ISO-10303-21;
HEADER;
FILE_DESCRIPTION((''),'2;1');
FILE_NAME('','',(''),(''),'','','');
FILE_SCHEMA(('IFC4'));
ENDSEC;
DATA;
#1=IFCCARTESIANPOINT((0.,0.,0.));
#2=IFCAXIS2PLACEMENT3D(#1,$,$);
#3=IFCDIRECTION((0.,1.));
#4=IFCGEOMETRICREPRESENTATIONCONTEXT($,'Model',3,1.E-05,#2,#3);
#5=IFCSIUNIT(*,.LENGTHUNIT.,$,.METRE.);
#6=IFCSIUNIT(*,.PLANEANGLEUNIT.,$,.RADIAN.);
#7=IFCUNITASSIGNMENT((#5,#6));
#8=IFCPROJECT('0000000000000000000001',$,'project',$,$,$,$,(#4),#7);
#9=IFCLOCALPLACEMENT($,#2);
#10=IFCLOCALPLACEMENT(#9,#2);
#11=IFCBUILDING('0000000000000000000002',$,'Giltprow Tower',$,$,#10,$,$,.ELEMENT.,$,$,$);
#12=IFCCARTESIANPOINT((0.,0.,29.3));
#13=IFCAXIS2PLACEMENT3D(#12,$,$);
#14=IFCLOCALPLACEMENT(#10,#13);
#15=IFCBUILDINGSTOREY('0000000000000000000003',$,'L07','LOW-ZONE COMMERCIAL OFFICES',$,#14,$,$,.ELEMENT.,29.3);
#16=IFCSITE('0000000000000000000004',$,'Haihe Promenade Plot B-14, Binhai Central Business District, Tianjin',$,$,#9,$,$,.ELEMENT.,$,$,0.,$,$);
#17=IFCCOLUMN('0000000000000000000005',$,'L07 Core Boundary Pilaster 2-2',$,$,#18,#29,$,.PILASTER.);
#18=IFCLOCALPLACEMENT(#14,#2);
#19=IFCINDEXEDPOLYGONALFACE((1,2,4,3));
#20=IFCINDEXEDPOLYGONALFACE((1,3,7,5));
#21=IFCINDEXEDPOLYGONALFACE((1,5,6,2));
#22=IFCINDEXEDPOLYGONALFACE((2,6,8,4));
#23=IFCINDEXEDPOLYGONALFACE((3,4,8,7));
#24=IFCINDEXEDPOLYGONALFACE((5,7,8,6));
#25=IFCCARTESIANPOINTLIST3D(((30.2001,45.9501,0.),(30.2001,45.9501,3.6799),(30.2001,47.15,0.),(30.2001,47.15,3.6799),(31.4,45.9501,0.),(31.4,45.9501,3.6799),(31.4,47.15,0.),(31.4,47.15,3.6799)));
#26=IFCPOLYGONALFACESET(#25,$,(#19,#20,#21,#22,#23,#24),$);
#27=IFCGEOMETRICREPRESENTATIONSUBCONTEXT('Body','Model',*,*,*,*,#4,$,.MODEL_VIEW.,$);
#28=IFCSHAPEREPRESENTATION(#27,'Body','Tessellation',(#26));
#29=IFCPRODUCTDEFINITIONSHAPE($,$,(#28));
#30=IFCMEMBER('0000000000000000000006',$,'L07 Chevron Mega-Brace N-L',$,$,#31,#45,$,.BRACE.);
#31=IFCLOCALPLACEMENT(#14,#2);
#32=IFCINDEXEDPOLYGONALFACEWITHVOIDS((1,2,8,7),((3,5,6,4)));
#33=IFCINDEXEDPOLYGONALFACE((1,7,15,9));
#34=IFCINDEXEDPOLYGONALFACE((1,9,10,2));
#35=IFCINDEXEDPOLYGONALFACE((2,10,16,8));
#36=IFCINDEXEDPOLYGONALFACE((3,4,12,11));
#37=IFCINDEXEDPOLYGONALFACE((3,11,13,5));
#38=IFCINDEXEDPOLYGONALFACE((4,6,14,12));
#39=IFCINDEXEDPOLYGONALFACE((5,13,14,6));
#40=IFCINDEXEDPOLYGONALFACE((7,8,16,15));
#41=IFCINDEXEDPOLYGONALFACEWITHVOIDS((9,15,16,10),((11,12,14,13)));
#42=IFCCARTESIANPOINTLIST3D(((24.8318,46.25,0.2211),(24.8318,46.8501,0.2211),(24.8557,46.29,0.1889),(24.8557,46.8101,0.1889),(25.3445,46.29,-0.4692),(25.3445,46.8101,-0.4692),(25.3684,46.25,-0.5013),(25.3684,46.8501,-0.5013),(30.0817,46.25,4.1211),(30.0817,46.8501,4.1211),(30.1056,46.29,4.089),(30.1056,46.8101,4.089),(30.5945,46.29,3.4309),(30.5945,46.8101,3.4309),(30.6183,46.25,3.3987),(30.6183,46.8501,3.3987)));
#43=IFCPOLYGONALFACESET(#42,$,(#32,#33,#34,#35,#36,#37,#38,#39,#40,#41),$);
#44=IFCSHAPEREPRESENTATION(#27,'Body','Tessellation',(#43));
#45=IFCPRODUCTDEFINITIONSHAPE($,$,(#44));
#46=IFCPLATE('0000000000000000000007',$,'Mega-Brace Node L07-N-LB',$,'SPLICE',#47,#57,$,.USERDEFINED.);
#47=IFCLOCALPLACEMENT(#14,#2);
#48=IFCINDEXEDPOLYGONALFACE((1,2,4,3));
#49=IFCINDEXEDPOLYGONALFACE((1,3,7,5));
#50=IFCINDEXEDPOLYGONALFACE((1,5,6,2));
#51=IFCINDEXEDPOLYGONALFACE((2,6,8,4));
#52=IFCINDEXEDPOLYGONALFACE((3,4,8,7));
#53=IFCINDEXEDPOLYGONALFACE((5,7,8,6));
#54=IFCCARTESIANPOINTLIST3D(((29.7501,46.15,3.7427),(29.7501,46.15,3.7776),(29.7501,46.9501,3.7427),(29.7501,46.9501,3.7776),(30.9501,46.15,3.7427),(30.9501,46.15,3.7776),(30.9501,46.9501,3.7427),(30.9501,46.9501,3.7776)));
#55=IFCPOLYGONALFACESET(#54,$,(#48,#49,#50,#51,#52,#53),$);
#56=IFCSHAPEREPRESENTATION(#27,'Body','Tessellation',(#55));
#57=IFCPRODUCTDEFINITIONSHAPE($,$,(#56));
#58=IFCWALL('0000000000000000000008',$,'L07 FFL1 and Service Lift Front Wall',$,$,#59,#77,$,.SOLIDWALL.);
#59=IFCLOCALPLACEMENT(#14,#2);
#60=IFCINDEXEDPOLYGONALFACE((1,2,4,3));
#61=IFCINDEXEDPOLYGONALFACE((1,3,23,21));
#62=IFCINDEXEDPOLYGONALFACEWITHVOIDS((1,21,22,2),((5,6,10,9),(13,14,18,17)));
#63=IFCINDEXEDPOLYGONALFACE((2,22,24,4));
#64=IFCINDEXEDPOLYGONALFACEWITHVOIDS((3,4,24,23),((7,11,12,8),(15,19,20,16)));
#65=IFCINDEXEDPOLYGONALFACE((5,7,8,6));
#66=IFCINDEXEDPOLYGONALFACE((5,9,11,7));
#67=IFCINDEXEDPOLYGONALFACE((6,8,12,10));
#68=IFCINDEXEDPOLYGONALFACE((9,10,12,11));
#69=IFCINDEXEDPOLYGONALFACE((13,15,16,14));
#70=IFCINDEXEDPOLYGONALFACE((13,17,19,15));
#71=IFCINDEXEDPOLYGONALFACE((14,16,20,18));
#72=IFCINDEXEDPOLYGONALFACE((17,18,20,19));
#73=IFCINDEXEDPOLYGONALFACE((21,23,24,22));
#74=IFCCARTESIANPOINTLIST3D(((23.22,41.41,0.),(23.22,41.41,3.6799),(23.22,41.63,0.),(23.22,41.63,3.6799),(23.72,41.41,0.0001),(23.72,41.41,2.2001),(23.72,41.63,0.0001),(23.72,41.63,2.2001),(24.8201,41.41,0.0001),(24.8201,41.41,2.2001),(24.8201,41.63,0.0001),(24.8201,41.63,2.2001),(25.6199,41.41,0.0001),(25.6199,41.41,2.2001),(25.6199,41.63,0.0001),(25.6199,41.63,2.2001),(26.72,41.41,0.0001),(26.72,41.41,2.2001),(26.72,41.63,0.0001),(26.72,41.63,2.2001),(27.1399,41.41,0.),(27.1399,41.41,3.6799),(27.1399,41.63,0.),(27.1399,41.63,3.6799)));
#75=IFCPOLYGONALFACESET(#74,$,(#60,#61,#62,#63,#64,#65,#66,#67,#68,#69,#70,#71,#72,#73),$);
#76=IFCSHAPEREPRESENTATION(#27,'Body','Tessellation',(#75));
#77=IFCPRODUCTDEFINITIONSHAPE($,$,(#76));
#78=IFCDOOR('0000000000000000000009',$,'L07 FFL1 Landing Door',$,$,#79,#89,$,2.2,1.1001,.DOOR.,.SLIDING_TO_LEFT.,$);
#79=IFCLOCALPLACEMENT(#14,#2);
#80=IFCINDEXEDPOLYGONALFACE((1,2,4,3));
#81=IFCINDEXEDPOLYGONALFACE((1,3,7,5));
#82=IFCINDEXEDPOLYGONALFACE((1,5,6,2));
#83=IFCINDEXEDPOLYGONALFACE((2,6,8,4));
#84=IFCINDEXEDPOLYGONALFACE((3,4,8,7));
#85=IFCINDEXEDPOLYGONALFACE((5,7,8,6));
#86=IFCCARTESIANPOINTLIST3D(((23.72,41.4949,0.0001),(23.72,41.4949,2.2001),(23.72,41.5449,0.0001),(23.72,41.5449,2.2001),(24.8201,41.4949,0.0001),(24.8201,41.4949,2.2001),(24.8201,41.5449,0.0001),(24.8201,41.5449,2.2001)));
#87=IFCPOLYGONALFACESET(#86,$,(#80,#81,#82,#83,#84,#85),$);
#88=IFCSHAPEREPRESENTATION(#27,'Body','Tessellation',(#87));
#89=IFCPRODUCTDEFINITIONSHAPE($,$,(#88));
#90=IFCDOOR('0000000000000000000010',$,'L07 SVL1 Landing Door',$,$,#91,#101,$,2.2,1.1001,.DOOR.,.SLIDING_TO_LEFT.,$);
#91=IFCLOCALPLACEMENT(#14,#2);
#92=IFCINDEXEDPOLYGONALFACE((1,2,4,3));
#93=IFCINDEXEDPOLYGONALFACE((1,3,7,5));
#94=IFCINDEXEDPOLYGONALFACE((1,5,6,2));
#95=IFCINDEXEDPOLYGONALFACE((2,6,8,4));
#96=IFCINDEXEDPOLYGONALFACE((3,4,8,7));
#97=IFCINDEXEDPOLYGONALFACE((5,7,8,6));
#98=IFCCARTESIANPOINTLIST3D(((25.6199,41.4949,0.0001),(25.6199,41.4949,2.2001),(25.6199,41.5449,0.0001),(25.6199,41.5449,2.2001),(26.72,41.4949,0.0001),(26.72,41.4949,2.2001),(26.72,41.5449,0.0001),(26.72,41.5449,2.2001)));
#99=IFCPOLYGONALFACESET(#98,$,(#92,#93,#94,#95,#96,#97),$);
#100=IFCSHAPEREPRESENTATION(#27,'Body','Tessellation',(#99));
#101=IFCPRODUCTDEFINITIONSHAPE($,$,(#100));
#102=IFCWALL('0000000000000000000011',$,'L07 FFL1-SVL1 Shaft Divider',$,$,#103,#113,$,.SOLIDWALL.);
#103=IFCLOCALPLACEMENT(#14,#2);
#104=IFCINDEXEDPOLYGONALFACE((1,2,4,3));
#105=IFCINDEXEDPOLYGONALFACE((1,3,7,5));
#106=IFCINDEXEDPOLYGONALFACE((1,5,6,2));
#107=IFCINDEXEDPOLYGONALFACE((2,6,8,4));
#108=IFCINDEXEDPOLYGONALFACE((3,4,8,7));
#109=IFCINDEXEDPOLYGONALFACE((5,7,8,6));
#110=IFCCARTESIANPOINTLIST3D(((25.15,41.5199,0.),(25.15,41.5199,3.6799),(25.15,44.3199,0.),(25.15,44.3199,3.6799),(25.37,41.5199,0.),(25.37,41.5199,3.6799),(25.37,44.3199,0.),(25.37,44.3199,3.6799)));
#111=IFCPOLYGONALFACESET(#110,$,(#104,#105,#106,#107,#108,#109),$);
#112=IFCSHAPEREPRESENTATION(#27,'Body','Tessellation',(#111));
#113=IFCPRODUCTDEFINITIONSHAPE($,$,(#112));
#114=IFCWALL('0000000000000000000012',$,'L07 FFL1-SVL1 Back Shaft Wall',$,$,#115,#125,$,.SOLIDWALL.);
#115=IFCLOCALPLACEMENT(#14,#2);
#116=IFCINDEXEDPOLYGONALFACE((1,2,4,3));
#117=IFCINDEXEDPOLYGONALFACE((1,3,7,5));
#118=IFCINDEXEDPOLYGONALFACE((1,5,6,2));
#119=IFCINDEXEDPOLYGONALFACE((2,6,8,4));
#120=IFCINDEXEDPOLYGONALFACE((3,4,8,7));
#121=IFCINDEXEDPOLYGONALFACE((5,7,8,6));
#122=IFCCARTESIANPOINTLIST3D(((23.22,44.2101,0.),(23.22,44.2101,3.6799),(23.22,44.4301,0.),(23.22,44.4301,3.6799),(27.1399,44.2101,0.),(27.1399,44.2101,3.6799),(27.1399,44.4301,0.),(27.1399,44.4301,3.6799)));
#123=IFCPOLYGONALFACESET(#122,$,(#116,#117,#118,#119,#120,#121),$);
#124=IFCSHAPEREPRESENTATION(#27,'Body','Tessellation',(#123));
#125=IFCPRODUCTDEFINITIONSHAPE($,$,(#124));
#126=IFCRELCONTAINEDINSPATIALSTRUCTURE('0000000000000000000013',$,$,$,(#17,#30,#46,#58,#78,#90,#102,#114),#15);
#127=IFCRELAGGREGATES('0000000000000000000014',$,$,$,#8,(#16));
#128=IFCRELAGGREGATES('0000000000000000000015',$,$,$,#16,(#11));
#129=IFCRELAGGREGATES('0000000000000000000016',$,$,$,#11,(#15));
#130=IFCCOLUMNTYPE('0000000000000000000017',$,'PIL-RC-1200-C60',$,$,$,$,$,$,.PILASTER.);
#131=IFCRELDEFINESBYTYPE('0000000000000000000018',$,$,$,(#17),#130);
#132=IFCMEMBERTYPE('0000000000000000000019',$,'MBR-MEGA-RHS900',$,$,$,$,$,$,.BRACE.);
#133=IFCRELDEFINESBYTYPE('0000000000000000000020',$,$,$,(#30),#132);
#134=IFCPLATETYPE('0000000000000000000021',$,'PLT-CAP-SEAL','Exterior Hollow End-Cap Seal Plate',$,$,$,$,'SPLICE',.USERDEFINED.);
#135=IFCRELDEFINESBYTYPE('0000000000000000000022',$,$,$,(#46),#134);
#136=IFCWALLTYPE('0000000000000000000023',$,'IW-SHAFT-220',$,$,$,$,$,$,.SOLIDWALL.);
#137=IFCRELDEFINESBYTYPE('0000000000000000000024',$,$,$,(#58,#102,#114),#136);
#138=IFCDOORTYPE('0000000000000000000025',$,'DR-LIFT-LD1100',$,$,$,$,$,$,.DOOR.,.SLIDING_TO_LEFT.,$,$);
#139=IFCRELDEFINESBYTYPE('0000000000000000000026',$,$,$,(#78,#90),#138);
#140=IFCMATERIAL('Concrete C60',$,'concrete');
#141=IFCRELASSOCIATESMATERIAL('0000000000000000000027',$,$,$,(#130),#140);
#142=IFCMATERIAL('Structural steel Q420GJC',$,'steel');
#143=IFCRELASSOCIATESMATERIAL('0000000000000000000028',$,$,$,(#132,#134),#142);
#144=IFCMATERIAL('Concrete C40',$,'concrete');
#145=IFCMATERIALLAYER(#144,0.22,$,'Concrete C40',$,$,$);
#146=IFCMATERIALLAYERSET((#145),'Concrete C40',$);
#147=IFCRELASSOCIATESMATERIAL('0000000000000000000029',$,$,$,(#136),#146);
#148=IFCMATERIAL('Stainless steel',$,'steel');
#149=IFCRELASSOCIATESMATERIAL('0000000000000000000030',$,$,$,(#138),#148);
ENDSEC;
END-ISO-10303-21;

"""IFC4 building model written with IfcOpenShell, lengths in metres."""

from ifc_helpers import new_model, si_unit, direction, frame, frame_2d, origin, origin_2d, place, context, subcontext, project, spatial, rectangle, hollow_rectangle, extrude, source, transform, mapped, material, layer, layer_set, material_profile, profile_set, type_object, element, fill, save


model = new_model("IFC4")

# Units and contexts
model_context = context("Model", 3, precision=1e-05, world=origin(), true_north=direction((0.0, 1.0)))
body_context = subcontext(model_context, "Body", "Model", "MODEL_VIEW")
ifc_project = project(units=[si_unit("LENGTHUNIT", "METRE"), si_unit("PLANEANGLEUNIT", "RADIAN")], contexts=[model_context])

# Site, building, storey
site_placement = place(None, origin())
site = spatial("IfcSite", under=ifc_project, at=site_placement, Name="Haihe Promenade Plot B-14, Binhai Central Business District, Tianjin", CompositionType="ELEMENT", RefElevation=0.0)
building_placement = place(site_placement, origin())
building = spatial("IfcBuilding", under=site, at=building_placement, Name="Giltprow Tower", CompositionType="ELEMENT")
storey_placement = place(building_placement, frame((0.0, 0.0, 29.3)))
storey = spatial("IfcBuildingStorey", under=building, at=storey_placement, Name="L07", Description="LOW-ZONE COMMERCIAL OFFICES", CompositionType="ELEMENT", Elevation=29.3)

# Column
ifc_material_1 = material(Name="Concrete C60", Category="concrete")
ifc_material_profile_1 = material_profile(ifc_material_1, rectangle(XDim=1.2, YDim=1.2, at=origin_2d()), Name="RC 1200x1200")
ifc_profile_set_1 = profile_set([ifc_material_profile_1], Name="Concrete C60")
column_type = type_object("IfcColumnType", Name="PIL-RC-1200-C60", PredefinedType="PILASTER", material=ifc_profile_set_1)
shared_shape_1 = source(origin(), body_context, "Body", "SweptSolid", [
    extrude(rectangle(XDim=1.2, YDim=1.2, at=origin_2d()), origin(), (0.0, 0.0, 1.0), 3.6799),
])
column_placement = place(storey_placement, frame((30.8, 46.55, 0.0), z_axis=(0.0, 0.0, 1.0), x_axis=(1.0, 0.0, 0.0)))
element("IfcColumn", 1, at=column_placement, inside=storey, type_object=column_type, Name="L07 Core Boundary Pilaster 2-2", PredefinedType="PILASTER", context=body_context, shape_type="MappedRepresentation", body=[
    mapped(shared_shape_1, transform((0.0, 0.0, 0.0), x_axis=(1.0, 0.0, 0.0), y_axis=(0.0, 1.0, 0.0), z_axis=(0.0, 0.0, 1.0), scale=1.0)),
])

# Member
ifc_material_2 = material(Name="Structural steel Q420GJC", Category="steel")
ifc_material_profile_2 = material_profile(ifc_material_2, hollow_rectangle(XDim=0.6001, YDim=0.8999, WallThickness=0.04, at=origin_2d()), Name="RHS 900x600x40")
ifc_profile_set_2 = profile_set([ifc_material_profile_2], Name="Structural steel Q420GJC")
member_type = type_object("IfcMemberType", Name="MBR-MEGA-RHS900", PredefinedType="BRACE", material=ifc_profile_set_2)
shared_shape_2 = source(origin(), body_context, "Body", "SweptSolid", [
    extrude(hollow_rectangle(XDim=0.6001, YDim=0.8999, WallThickness=0.04, at=origin_2d()), origin(), (0.0, 0.0, 1.0), 6.54),
])
member_placement = place(storey_placement, frame((25.1001, 46.55, -0.1401), z_axis=(0.802733, 0.0, 0.596338), x_axis=(0.0, 1.0, 0.0)))
element("IfcMember", 2, at=member_placement, inside=storey, type_object=member_type, Name="L07 Chevron Mega-Brace N-L", PredefinedType="BRACE", context=body_context, shape_type="MappedRepresentation", body=[
    mapped(shared_shape_2, transform((0.0, 0.0, 0.0), x_axis=(1.0, 0.0, 0.0), y_axis=(0.0, 1.0, 0.0), z_axis=(0.0, 0.0, 1.0), scale=1.0)),
])

# Plate
plate_type = type_object("IfcPlateType", Name="PLT-CAP-SEAL", Description="Exterior Hollow End-Cap Seal Plate", ElementType="SPLICE", PredefinedType="USERDEFINED", material=ifc_material_2)
shared_shape_3 = source(origin(), body_context, "Body", "SweptSolid", [
    extrude(rectangle(XDim=1.2, YDim=0.8, at=origin_2d()), origin(), (0.0, 0.0, 1.0), 0.0349),
])
plate_placement = place(storey_placement, frame((30.3501, 46.55, 3.7427), z_axis=(0.0, 0.0, 1.0), x_axis=(1.0, 0.0, 0.0)))
element("IfcPlate", 3, at=plate_placement, inside=storey, type_object=plate_type, Name="Mega-Brace Node L07-N-LB", ObjectType="SPLICE", PredefinedType="USERDEFINED", context=body_context, shape_type="MappedRepresentation", body=[
    mapped(shared_shape_3, transform((0.0, 0.0, 0.0), x_axis=(1.0, 0.0, 0.0), y_axis=(0.0, 1.0, 0.0), z_axis=(0.0, 0.0, 1.0), scale=1.0)),
])

# Wall, openings, doors
ifc_material_3 = material(Name="Concrete C40", Category="concrete")
ifc_layer_1 = layer(ifc_material_3, 0.22, Name="Concrete C40")
ifc_layer_set_1 = layer_set([ifc_layer_1], Name="Concrete C40")
wall_type_1 = type_object("IfcWallType", Name="IW-SHAFT-220", PredefinedType="SOLIDWALL", material=ifc_layer_set_1)
wall_1_placement = place(storey_placement, frame((23.22, 41.52, 0.0), z_axis=(0.0, 0.0, 1.0), x_axis=(1.0, 0.0, 0.0)))
wall_1 = element("IfcWall", 4, at=wall_1_placement, inside=storey, type_object=wall_type_1, Name="L07 FFL1 and Service Lift Front Wall", PredefinedType="SOLIDWALL", context=body_context, shape_type="SweptSolid", body=[
    extrude(rectangle(XDim=3.9199, YDim=0.22, at=frame_2d((1.96, 0.0))), origin(), (0.0, 0.0, 1.0), 3.6799),
])
opening_1_placement = place(wall_1_placement, frame((0.5, 0.0, 0.0)))
opening_1 = element("IfcOpeningElement", 5, at=opening_1_placement, cuts=wall_1, PredefinedType="OPENING", context=body_context, shape_type="SweptSolid", body=[
    extrude(rectangle(XDim=1.1001, YDim=2.2, at=frame_2d((0.55, 1.1001))), frame((0.0, 0.1199, 0.0), z_axis=(0.0, -1.0, 0.0), x_axis=(1.0, 0.0, 0.0)), (0.0, 0.0, 1.0), 0.24),
])
opening_2_placement = place(wall_1_placement, frame((2.3999, 0.0, 0.0)))
opening_2 = element("IfcOpeningElement", 6, at=opening_2_placement, cuts=wall_1, PredefinedType="OPENING", context=body_context, shape_type="SweptSolid", body=[
    extrude(rectangle(XDim=1.1001, YDim=2.2, at=frame_2d((0.55, 1.1001))), frame((0.0, 0.1199, 0.0), z_axis=(0.0, -1.0, 0.0), x_axis=(1.0, 0.0, 0.0)), (0.0, 0.0, 1.0), 0.24),
])
ifc_material_4 = material(Name="Stainless steel", Category="steel")
door_type = type_object("IfcDoorType", Name="DR-LIFT-LD1100", OperationType="SLIDING_TO_LEFT", PredefinedType="DOOR", material=ifc_material_4)
shared_shape_4 = source(origin(), body_context, "Body", "SweptSolid", [
    extrude(rectangle(XDim=1.1001, YDim=2.2, at=frame_2d((0.55, 1.1001))), frame((0.0, 0.0249, 0.0), z_axis=(0.0, -1.0, 0.0), x_axis=(1.0, 0.0, 0.0)), (0.0, 0.0, 1.0), 0.05),
])
door_1_placement = place(opening_1_placement, origin())
door_1 = element("IfcDoor", 7, at=door_1_placement, inside=storey, type_object=door_type, Name="L07 FFL1 Landing Door", OperationType="SLIDING_TO_LEFT", OverallHeight=2.2, OverallWidth=1.1001, PredefinedType="DOOR", context=body_context, shape_type="MappedRepresentation", body=[
    mapped(shared_shape_4, transform((0.0, 0.0, 0.0), x_axis=(1.0, 0.0, 0.0), y_axis=(0.0, 1.0, 0.0), z_axis=(0.0, 0.0, 1.0), scale=1.0)),
])
fill(opening_1, door_1)
door_2_placement = place(opening_2_placement, origin())
door_2 = element("IfcDoor", 8, at=door_2_placement, inside=storey, type_object=door_type, Name="L07 SVL1 Landing Door", OperationType="SLIDING_TO_LEFT", OverallHeight=2.2, OverallWidth=1.1001, PredefinedType="DOOR", context=body_context, shape_type="MappedRepresentation", body=[
    mapped(shared_shape_4, transform((0.0, 0.0, 0.0), x_axis=(1.0, 0.0, 0.0), y_axis=(0.0, 1.0, 0.0), z_axis=(0.0, 0.0, 1.0), scale=1.0)),
])
fill(opening_2, door_2)

# Walls
wall_2_placement = place(storey_placement, frame((25.26, 41.52, 0.0), z_axis=(0.0, 0.0, 1.0), x_axis=(0.0, 1.0, 0.0)))
element("IfcWall", 9, at=wall_2_placement, inside=storey, type_object=wall_type_1, Name="L07 FFL1-SVL1 Shaft Divider", PredefinedType="SOLIDWALL", context=body_context, shape_type="SweptSolid", body=[
    extrude(rectangle(XDim=2.8, YDim=0.22, at=frame_2d((1.3999, 0.0))), origin(), (0.0, 0.0, 1.0), 3.6799),
])
wall_3_placement = place(storey_placement, frame((23.22, 44.3201, 0.0), z_axis=(0.0, 0.0, 1.0), x_axis=(1.0, 0.0, 0.0)))
element("IfcWall", 10, at=wall_3_placement, inside=storey, type_object=wall_type_1, Name="L07 FFL1-SVL1 Back Shaft Wall", PredefinedType="SOLIDWALL", context=body_context, shape_type="SweptSolid", body=[
    extrude(rectangle(XDim=3.9199, YDim=0.22, at=frame_2d((1.96, 0.0))), origin(), (0.0, 0.0, 1.0), 3.6799),
])

save(model, "model.ifc")
